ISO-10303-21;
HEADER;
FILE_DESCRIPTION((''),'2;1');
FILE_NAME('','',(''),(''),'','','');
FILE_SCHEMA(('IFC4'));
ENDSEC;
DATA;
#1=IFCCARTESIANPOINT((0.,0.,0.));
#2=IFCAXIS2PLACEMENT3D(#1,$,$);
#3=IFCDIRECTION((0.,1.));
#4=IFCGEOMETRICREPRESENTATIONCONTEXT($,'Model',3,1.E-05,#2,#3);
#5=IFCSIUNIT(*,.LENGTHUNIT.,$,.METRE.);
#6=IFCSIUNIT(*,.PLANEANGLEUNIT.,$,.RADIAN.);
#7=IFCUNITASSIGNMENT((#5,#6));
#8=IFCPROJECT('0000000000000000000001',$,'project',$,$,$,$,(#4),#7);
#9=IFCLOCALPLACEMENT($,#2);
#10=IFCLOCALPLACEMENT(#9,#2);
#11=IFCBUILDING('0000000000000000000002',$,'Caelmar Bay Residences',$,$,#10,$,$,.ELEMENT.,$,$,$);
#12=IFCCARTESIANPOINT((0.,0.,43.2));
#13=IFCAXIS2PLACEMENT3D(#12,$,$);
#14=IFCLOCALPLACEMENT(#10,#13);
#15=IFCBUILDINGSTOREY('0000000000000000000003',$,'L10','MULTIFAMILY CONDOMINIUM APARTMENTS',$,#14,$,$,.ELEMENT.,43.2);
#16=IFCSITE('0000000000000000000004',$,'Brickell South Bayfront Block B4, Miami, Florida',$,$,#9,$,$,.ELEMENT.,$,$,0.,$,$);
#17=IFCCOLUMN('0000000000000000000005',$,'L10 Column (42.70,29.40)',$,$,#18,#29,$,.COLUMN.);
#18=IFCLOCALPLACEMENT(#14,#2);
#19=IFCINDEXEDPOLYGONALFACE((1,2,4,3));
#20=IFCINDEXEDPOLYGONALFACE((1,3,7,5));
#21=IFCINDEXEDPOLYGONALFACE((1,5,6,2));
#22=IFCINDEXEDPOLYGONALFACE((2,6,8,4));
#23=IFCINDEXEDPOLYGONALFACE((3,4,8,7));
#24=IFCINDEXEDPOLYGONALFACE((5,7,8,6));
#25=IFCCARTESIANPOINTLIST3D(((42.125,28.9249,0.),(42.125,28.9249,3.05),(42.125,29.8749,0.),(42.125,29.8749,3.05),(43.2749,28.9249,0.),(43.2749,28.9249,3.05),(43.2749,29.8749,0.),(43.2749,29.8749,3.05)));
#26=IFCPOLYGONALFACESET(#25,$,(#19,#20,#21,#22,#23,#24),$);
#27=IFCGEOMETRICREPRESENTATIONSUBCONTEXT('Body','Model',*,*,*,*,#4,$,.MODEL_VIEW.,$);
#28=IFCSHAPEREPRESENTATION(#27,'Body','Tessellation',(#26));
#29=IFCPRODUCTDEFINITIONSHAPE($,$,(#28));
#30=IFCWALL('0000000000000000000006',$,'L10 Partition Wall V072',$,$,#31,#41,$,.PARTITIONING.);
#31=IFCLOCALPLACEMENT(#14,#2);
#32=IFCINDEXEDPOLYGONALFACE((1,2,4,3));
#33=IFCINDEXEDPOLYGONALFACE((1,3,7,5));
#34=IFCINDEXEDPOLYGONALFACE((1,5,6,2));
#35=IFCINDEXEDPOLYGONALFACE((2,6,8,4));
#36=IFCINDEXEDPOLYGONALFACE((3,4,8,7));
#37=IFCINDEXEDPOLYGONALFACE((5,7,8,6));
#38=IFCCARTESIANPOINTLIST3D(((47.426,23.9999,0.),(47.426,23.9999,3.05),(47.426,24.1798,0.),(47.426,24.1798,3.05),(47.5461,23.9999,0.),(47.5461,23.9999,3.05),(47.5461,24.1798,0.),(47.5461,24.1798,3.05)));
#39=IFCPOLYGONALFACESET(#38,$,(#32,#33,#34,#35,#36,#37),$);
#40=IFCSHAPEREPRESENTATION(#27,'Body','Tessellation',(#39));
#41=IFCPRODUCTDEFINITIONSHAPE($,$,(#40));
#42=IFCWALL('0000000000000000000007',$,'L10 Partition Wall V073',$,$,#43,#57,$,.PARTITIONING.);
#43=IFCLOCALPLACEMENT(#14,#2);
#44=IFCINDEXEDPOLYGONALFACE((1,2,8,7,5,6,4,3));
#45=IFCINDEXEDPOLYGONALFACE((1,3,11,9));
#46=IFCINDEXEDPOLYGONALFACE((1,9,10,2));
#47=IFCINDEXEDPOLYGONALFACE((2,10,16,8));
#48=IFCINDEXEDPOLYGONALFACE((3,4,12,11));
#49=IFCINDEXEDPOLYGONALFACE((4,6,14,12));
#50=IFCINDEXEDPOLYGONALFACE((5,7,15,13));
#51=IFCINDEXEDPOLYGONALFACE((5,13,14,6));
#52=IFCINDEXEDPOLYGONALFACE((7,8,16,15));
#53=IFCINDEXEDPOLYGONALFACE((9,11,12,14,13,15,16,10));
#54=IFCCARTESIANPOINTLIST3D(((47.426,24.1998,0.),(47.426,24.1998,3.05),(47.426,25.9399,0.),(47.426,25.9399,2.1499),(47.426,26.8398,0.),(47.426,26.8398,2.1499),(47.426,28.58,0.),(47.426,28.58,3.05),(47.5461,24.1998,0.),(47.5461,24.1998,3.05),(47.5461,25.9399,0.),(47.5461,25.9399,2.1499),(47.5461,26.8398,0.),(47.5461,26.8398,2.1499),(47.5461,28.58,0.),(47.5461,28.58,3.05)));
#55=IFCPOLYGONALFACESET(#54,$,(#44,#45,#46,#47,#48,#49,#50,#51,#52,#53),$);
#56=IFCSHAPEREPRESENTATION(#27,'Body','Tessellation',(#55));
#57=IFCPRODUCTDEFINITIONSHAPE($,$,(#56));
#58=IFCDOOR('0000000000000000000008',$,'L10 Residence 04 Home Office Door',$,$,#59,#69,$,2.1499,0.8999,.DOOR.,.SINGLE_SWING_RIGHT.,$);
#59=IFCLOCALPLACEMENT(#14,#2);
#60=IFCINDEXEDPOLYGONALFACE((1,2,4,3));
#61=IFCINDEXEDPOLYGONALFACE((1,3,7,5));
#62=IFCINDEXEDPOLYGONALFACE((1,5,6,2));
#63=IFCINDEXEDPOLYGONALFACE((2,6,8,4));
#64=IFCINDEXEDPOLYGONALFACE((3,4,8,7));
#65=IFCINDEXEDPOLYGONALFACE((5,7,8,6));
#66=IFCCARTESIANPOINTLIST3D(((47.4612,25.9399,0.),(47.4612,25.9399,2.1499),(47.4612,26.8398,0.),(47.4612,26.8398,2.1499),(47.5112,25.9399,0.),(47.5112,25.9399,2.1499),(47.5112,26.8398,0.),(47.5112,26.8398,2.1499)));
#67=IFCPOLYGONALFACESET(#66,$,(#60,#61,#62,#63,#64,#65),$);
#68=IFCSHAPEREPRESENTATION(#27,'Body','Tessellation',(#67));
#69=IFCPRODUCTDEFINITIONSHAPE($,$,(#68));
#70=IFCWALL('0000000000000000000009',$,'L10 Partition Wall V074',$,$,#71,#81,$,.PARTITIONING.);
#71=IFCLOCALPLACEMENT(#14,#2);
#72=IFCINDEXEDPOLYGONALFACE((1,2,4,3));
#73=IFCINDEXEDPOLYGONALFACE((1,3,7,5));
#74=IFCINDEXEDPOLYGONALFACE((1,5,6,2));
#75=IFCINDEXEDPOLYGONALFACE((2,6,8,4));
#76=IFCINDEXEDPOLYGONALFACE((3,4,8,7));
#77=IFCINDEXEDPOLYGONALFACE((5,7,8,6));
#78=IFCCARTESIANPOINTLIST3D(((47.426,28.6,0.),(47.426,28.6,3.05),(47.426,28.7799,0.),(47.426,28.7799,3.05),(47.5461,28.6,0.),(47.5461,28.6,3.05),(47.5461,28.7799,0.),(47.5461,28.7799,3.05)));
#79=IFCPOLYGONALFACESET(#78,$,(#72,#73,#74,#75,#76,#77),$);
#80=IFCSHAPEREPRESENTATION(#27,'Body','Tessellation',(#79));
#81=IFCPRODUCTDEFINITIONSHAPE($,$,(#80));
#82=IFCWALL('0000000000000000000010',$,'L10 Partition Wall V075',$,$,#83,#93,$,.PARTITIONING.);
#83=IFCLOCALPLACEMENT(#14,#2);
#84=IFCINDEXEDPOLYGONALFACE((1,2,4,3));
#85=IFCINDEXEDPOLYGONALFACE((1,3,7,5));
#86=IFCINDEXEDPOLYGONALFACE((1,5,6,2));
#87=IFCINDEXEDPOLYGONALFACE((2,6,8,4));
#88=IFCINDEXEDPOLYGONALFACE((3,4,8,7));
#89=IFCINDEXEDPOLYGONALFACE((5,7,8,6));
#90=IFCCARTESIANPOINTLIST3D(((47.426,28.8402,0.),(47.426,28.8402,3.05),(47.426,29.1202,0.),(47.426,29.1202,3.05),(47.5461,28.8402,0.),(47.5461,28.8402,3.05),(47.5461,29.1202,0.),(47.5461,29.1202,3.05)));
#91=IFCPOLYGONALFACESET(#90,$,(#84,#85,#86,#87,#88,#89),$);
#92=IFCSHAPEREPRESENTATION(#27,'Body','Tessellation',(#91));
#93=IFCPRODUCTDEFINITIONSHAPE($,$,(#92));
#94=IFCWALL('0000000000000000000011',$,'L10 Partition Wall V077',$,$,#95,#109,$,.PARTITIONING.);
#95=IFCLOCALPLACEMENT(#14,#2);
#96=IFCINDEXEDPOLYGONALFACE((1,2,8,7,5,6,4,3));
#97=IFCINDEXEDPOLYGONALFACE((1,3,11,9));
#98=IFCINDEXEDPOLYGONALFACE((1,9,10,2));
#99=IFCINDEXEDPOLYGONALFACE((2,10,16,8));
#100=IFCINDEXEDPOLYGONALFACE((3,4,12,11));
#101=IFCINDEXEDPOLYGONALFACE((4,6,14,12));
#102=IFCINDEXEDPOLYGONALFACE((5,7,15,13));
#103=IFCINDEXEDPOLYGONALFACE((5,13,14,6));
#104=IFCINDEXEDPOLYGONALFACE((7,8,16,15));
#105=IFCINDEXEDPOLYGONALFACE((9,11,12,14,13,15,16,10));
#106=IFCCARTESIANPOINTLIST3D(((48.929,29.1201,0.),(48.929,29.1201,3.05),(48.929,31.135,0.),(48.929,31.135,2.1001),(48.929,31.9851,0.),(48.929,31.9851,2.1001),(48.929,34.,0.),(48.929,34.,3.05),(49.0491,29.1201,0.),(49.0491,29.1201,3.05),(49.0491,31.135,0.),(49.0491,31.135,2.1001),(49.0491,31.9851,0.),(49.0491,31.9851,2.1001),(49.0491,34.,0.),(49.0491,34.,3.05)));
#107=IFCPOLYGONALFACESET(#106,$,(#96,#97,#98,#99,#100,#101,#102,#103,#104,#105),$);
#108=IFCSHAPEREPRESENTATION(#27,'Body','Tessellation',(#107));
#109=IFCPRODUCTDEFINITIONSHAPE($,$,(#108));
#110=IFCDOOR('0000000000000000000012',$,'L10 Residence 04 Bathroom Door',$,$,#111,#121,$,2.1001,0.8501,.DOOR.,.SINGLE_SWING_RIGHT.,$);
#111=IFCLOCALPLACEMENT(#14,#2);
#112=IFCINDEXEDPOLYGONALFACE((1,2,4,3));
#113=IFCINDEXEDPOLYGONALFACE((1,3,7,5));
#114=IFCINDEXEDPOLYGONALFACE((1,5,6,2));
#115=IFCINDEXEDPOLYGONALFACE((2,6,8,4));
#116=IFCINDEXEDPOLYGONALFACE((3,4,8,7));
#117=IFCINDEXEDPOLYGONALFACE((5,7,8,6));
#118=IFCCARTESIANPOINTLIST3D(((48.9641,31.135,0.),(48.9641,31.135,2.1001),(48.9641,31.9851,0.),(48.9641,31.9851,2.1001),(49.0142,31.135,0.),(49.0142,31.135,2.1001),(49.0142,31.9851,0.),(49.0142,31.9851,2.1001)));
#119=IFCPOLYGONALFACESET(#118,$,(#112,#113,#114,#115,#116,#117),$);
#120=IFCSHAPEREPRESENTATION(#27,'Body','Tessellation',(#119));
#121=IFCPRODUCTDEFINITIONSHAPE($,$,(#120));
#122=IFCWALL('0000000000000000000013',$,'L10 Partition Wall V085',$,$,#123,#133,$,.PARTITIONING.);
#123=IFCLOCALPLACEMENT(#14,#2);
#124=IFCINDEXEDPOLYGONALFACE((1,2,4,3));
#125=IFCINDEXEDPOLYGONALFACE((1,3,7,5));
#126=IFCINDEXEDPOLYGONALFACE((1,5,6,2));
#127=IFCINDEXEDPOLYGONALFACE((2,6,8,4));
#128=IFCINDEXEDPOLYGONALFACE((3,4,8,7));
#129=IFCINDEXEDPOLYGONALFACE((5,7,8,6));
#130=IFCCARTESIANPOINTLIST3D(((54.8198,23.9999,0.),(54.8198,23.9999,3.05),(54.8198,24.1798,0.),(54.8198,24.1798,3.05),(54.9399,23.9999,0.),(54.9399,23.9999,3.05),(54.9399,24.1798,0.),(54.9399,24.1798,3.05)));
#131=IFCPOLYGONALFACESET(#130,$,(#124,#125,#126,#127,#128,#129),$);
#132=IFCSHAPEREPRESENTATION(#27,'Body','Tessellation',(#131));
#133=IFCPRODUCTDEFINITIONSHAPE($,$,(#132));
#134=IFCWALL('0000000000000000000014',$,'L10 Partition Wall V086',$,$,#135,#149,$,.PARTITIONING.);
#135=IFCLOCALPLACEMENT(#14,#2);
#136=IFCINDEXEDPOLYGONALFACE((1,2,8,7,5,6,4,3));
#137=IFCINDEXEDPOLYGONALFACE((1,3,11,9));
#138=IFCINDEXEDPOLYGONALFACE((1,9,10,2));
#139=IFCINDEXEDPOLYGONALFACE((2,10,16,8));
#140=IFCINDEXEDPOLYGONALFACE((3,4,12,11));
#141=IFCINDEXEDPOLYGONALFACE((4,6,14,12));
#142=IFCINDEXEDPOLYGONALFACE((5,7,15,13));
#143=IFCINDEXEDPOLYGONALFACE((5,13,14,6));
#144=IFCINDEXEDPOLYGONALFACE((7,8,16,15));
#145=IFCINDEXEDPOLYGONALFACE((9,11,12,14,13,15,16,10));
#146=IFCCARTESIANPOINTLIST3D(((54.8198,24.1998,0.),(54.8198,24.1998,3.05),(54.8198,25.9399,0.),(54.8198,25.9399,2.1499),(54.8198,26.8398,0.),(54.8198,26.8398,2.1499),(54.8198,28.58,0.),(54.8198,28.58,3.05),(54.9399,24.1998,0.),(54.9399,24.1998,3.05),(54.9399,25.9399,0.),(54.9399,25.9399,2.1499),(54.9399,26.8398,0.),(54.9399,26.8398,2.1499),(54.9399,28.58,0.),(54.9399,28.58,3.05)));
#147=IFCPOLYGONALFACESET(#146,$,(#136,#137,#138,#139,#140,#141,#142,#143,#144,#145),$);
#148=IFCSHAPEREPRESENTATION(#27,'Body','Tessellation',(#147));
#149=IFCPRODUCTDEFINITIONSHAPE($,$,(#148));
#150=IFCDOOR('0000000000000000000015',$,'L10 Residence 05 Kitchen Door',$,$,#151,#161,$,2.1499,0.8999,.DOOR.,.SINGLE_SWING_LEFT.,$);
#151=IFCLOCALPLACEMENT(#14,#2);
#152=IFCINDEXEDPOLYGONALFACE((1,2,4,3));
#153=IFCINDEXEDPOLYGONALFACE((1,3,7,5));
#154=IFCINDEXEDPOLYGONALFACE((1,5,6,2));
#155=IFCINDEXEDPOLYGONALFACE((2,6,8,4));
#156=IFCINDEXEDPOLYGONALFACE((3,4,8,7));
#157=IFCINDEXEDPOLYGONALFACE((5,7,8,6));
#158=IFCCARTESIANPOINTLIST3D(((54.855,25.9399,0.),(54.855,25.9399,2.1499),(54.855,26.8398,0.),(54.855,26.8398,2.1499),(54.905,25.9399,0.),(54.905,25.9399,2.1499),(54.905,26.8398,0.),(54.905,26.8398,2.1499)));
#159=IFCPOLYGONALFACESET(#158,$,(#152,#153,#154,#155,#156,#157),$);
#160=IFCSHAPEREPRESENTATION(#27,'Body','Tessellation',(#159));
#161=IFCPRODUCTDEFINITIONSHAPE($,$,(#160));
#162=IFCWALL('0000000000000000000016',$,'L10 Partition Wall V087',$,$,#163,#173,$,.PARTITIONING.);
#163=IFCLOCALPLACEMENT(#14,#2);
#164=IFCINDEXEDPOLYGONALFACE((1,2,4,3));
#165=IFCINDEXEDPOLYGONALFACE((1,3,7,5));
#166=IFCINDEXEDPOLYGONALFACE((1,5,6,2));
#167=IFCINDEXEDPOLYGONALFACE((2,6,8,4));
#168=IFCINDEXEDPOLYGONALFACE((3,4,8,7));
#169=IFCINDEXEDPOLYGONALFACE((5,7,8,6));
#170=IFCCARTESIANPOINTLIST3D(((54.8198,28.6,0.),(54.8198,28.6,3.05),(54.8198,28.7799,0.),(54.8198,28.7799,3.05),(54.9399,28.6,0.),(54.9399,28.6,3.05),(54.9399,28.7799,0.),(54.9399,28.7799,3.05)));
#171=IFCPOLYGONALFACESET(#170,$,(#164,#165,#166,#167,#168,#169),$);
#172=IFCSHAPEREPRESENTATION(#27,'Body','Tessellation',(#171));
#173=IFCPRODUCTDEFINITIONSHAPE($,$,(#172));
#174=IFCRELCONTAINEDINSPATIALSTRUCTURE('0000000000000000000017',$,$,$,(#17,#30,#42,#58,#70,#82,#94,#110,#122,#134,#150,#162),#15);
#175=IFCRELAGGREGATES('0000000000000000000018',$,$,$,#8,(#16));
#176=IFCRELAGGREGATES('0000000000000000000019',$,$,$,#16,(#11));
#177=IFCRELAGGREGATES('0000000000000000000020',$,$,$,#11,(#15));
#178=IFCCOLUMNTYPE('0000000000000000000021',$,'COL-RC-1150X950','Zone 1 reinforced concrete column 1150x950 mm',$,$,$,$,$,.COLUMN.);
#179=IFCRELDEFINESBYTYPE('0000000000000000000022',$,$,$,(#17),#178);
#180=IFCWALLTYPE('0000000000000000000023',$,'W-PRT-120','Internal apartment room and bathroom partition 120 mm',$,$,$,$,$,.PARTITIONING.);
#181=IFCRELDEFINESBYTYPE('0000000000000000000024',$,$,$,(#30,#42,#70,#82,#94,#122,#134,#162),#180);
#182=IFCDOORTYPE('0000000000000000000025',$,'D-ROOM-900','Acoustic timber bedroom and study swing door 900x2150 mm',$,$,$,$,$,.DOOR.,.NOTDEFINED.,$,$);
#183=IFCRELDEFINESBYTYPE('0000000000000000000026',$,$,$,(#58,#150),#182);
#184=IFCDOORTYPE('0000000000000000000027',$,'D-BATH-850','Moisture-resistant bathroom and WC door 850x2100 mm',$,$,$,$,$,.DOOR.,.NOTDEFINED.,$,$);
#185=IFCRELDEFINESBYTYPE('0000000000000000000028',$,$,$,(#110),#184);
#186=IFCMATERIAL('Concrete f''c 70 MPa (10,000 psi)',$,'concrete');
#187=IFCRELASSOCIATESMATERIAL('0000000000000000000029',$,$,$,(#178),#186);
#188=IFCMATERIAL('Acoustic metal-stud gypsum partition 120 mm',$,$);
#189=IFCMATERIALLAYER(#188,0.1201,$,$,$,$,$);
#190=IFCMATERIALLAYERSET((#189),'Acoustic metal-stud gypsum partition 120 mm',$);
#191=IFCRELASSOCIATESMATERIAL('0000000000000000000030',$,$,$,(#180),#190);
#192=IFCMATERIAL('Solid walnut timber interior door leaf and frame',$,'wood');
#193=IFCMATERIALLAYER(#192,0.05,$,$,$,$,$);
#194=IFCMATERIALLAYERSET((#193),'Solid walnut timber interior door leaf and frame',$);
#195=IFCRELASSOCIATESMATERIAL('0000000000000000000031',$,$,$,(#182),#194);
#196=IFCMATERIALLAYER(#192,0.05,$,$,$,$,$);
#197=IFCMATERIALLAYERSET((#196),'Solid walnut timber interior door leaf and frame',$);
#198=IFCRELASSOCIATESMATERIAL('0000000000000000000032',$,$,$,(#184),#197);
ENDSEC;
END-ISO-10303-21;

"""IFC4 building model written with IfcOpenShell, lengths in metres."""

from ifc_helpers import new_model, si_unit, direction, frame, frame_2d, origin, origin_2d, place, context, subcontext, project, spatial, rectangle, extrude, material, layer, layer_set, material_profile, profile_set, type_object, element, fill, save


model = new_model("IFC4")

# Units and contexts
model_context = context("Model", 3, precision=1e-05, world=origin(), true_north=direction((0.0, 1.0)))
body_context = subcontext(model_context, "Body", "Model", "MODEL_VIEW")
ifc_project = project(units=[si_unit("LENGTHUNIT", "METRE"), si_unit("PLANEANGLEUNIT", "RADIAN")], contexts=[model_context])

# Site, building, storey
site_placement = place(None, origin())
site = spatial("IfcSite", under=ifc_project, at=site_placement, Name="Brickell South Bayfront Block B4, Miami, Florida", CompositionType="ELEMENT", RefElevation=0.0)
building_placement = place(site_placement, origin())
building = spatial("IfcBuilding", under=site, at=building_placement, Name="Caelmar Bay Residences", CompositionType="ELEMENT")
storey_placement = place(building_placement, frame((0.0, 0.0, 43.2)))
storey = spatial("IfcBuildingStorey", under=building, at=storey_placement, Name="L10", Description="MULTIFAMILY CONDOMINIUM APARTMENTS", CompositionType="ELEMENT", Elevation=43.2)

# Column
ifc_material_1 = material(Name="Concrete f'c 70 MPa (10,000 psi)", Category="concrete")
ifc_material_profile = material_profile(ifc_material_1, rectangle(XDim=1.1499, YDim=0.95, at=origin_2d()), Name="RC-COL-1150X950")
ifc_profile_set = profile_set([ifc_material_profile], Name="Concrete f'c 70 MPa (10,000 psi)")
column_type = type_object("IfcColumnType", Name="COL-RC-1150X950", Description="Zone 1 reinforced concrete column 1150x950 mm", PredefinedType="COLUMN", material=ifc_profile_set)
column_placement = place(storey_placement, frame((42.7, 29.3999, 0.0), z_axis=(0.0, 0.0, 1.0), x_axis=(1.0, 0.0, 0.0)))
element("IfcColumn", 1, at=column_placement, inside=storey, type_object=column_type, Name="L10 Column (42.70,29.40)", PredefinedType="COLUMN", context=body_context, shape_type="SweptSolid", body=[
    extrude(rectangle(XDim=1.1499, YDim=0.95, at=origin_2d()), origin(), (0.0, 0.0, 1.0), 3.05),
])

# Wall
ifc_material_2 = material(Name="Acoustic metal-stud gypsum partition 120 mm")
ifc_layer_1 = layer(ifc_material_2, 0.1201)
ifc_layer_set_1 = layer_set([ifc_layer_1], Name="Acoustic metal-stud gypsum partition 120 mm")
wall_type_1 = type_object("IfcWallType", Name="W-PRT-120", Description="Internal apartment room and bathroom partition 120 mm", PredefinedType="PARTITIONING", material=ifc_layer_set_1)
wall_1_placement = place(storey_placement, frame((47.4861, 24.0, 0.0), z_axis=(0.0, 0.0, 1.0), x_axis=(0.0, 1.0, 0.0)))
element("IfcWall", 2, at=wall_1_placement, inside=storey, type_object=wall_type_1, Name="L10 Partition Wall V072", PredefinedType="PARTITIONING", context=body_context, shape_type="SweptSolid", body=[
    extrude(rectangle(XDim=0.1799, YDim=0.1201, at=frame_2d((0.0898, 0.0))), origin(), (0.0, 0.0, 1.0), 3.05),
])

# Wall, opening, door
wall_2_placement = place(storey_placement, frame((47.4861, 24.2, 0.0), z_axis=(0.0, 0.0, 1.0), x_axis=(0.0, 1.0, 0.0)))
wall_2 = element("IfcWall", 3, at=wall_2_placement, inside=storey, type_object=wall_type_1, Name="L10 Partition Wall V073", PredefinedType="PARTITIONING", context=body_context, shape_type="SweptSolid", body=[
    extrude(rectangle(XDim=4.3801, YDim=0.1201, at=frame_2d((2.1899, 0.0))), origin(), (0.0, 0.0, 1.0), 3.05),
])
opening_1_placement = place(wall_2_placement, frame((1.74, 0.0, 0.0)))
opening_1 = element("IfcOpeningElement", 4, at=opening_1_placement, cuts=wall_2, PredefinedType="OPENING", context=body_context, shape_type="SweptSolid", body=[
    extrude(rectangle(XDim=0.8999, YDim=2.1499, at=frame_2d((0.45, 1.075))), frame((0.0, 0.0701, 0.0), z_axis=(0.0, -1.0, 0.0), x_axis=(1.0, 0.0, 0.0)), (0.0, 0.0, 1.0), 0.1401),
])
ifc_material_3 = material(Name="Solid walnut timber interior door leaf and frame", Category="wood")
ifc_layer_2 = layer(ifc_material_3, 0.05)
ifc_layer_set_2 = layer_set([ifc_layer_2], Name="Solid walnut timber interior door leaf and frame")
door_type_1 = type_object("IfcDoorType", Name="D-ROOM-900", Description="Acoustic timber bedroom and study swing door 900x2150 mm", OperationType="NOTDEFINED", PredefinedType="DOOR", material=ifc_layer_set_2)
door_1_placement = place(opening_1_placement, origin())
door_1 = element("IfcDoor", 5, at=door_1_placement, inside=storey, type_object=door_type_1, Name="L10 Residence 04 Home Office Door", OperationType="SINGLE_SWING_RIGHT", OverallHeight=2.1499, OverallWidth=0.8999, PredefinedType="DOOR", context=body_context, shape_type="SweptSolid", body=[
    extrude(rectangle(XDim=0.8999, YDim=2.1499, at=frame_2d((0.45, 1.075))), frame((0.0, 0.0249, 0.0), z_axis=(0.0, -1.0, 0.0), x_axis=(1.0, 0.0, 0.0)), (0.0, 0.0, 1.0), 0.05),
])
fill(opening_1, door_1)

# Walls
wall_3_placement = place(storey_placement, frame((47.4861, 28.6001, 0.0), z_axis=(0.0, 0.0, 1.0), x_axis=(0.0, 1.0, 0.0)))
element("IfcWall", 6, at=wall_3_placement, inside=storey, type_object=wall_type_1, Name="L10 Partition Wall V074", PredefinedType="PARTITIONING", context=body_context, shape_type="SweptSolid", body=[
    extrude(rectangle(XDim=0.1799, YDim=0.1201, at=frame_2d((0.0898, 0.0))), origin(), (0.0, 0.0, 1.0), 3.05),
])
wall_4_placement = place(storey_placement, frame((47.4861, 28.8401, 0.0), z_axis=(0.0, 0.0, 1.0), x_axis=(0.0, 1.0, 0.0)))
element("IfcWall", 7, at=wall_4_placement, inside=storey, type_object=wall_type_1, Name="L10 Partition Wall V075", PredefinedType="PARTITIONING", context=body_context, shape_type="SweptSolid", body=[
    extrude(rectangle(XDim=0.28, YDim=0.1201, at=frame_2d((0.1401, 0.0))), origin(), (0.0, 0.0, 1.0), 3.05),
])

# Wall, opening, door
wall_5_placement = place(storey_placement, frame((48.989, 29.1201, 0.0), z_axis=(0.0, 0.0, 1.0), x_axis=(0.0, 1.0, 0.0)))
wall_5 = element("IfcWall", 8, at=wall_5_placement, inside=storey, type_object=wall_type_1, Name="L10 Partition Wall V077", PredefinedType="PARTITIONING", context=body_context, shape_type="SweptSolid", body=[
    extrude(rectangle(XDim=4.8799, YDim=0.1201, at=frame_2d((2.4399, 0.0))), origin(), (0.0, 0.0, 1.0), 3.05),
])
opening_2_placement = place(wall_5_placement, frame((2.0149, 0.0, 0.0)))
opening_2 = element("IfcOpeningElement", 9, at=opening_2_placement, cuts=wall_5, PredefinedType="OPENING", context=body_context, shape_type="SweptSolid", body=[
    extrude(rectangle(XDim=0.8501, YDim=2.1001, at=frame_2d((0.425, 1.05))), frame((0.0, 0.0701, 0.0), z_axis=(0.0, -1.0, 0.0), x_axis=(1.0, 0.0, 0.0)), (0.0, 0.0, 1.0), 0.1401),
])
ifc_layer_3 = layer(ifc_material_3, 0.05)
ifc_layer_set_3 = layer_set([ifc_layer_3], Name="Solid walnut timber interior door leaf and frame")
door_type_2 = type_object("IfcDoorType", Name="D-BATH-850", Description="Moisture-resistant bathroom and WC door 850x2100 mm", OperationType="NOTDEFINED", PredefinedType="DOOR", material=ifc_layer_set_3)
door_2_placement = place(opening_2_placement, origin())
door_2 = element("IfcDoor", 10, at=door_2_placement, inside=storey, type_object=door_type_2, Name="L10 Residence 04 Bathroom Door", OperationType="SINGLE_SWING_RIGHT", OverallHeight=2.1001, OverallWidth=0.8501, PredefinedType="DOOR", context=body_context, shape_type="SweptSolid", body=[
    extrude(rectangle(XDim=0.8501, YDim=2.1001, at=frame_2d((0.425, 1.05))), frame((0.0, 0.0249, 0.0), z_axis=(0.0, -1.0, 0.0), x_axis=(1.0, 0.0, 0.0)), (0.0, 0.0, 1.0), 0.05),
])
fill(opening_2, door_2)

# Wall
wall_6_placement = place(storey_placement, frame((54.8799, 24.0, 0.0), z_axis=(0.0, 0.0, 1.0), x_axis=(0.0, 1.0, 0.0)))
element("IfcWall", 11, at=wall_6_placement, inside=storey, type_object=wall_type_1, Name="L10 Partition Wall V085", PredefinedType="PARTITIONING", context=body_context, shape_type="SweptSolid", body=[
    extrude(rectangle(XDim=0.1799, YDim=0.1201, at=frame_2d((0.0898, 0.0))), origin(), (0.0, 0.0, 1.0), 3.05),
])

# Wall, opening, door
wall_7_placement = place(storey_placement, frame((54.8799, 24.2, 0.0), z_axis=(0.0, 0.0, 1.0), x_axis=(0.0, 1.0, 0.0)))
wall_7 = element("IfcWall", 12, at=wall_7_placement, inside=storey, type_object=wall_type_1, Name="L10 Partition Wall V086", PredefinedType="PARTITIONING", context=body_context, shape_type="SweptSolid", body=[
    extrude(rectangle(XDim=4.3801, YDim=0.1201, at=frame_2d((2.1899, 0.0))), origin(), (0.0, 0.0, 1.0), 3.05),
])
opening_3_placement = place(wall_7_placement, frame((1.74, 0.0, 0.0)))
opening_3 = element("IfcOpeningElement", 13, at=opening_3_placement, cuts=wall_7, PredefinedType="OPENING", context=body_context, shape_type="SweptSolid", body=[
    extrude(rectangle(XDim=0.8999, YDim=2.1499, at=frame_2d((0.45, 1.075))), frame((0.0, 0.0701, 0.0), z_axis=(0.0, -1.0, 0.0), x_axis=(1.0, 0.0, 0.0)), (0.0, 0.0, 1.0), 0.1401),
])
door_3_placement = place(opening_3_placement, origin())
door_3 = element("IfcDoor", 14, at=door_3_placement, inside=storey, type_object=door_type_1, Name="L10 Residence 05 Kitchen Door", OperationType="SINGLE_SWING_LEFT", OverallHeight=2.1499, OverallWidth=0.8999, PredefinedType="DOOR", context=body_context, shape_type="SweptSolid", body=[
    extrude(rectangle(XDim=0.8999, YDim=2.1499, at=frame_2d((0.45, 1.075))), frame((0.0, 0.0249, 0.0), z_axis=(0.0, -1.0, 0.0), x_axis=(1.0, 0.0, 0.0)), (0.0, 0.0, 1.0), 0.05),
])
fill(opening_3, door_3)

# Wall
wall_8_placement = place(storey_placement, frame((54.8799, 28.6001, 0.0), z_axis=(0.0, 0.0, 1.0), x_axis=(0.0, 1.0, 0.0)))
element("IfcWall", 15, at=wall_8_placement, inside=storey, type_object=wall_type_1, Name="L10 Partition Wall V087", PredefinedType="PARTITIONING", context=body_context, shape_type="SweptSolid", body=[
    extrude(rectangle(XDim=0.1799, YDim=0.1201, at=frame_2d((0.0898, 0.0))), origin(), (0.0, 0.0, 1.0), 3.05),
])

save(model, "model.ifc")
